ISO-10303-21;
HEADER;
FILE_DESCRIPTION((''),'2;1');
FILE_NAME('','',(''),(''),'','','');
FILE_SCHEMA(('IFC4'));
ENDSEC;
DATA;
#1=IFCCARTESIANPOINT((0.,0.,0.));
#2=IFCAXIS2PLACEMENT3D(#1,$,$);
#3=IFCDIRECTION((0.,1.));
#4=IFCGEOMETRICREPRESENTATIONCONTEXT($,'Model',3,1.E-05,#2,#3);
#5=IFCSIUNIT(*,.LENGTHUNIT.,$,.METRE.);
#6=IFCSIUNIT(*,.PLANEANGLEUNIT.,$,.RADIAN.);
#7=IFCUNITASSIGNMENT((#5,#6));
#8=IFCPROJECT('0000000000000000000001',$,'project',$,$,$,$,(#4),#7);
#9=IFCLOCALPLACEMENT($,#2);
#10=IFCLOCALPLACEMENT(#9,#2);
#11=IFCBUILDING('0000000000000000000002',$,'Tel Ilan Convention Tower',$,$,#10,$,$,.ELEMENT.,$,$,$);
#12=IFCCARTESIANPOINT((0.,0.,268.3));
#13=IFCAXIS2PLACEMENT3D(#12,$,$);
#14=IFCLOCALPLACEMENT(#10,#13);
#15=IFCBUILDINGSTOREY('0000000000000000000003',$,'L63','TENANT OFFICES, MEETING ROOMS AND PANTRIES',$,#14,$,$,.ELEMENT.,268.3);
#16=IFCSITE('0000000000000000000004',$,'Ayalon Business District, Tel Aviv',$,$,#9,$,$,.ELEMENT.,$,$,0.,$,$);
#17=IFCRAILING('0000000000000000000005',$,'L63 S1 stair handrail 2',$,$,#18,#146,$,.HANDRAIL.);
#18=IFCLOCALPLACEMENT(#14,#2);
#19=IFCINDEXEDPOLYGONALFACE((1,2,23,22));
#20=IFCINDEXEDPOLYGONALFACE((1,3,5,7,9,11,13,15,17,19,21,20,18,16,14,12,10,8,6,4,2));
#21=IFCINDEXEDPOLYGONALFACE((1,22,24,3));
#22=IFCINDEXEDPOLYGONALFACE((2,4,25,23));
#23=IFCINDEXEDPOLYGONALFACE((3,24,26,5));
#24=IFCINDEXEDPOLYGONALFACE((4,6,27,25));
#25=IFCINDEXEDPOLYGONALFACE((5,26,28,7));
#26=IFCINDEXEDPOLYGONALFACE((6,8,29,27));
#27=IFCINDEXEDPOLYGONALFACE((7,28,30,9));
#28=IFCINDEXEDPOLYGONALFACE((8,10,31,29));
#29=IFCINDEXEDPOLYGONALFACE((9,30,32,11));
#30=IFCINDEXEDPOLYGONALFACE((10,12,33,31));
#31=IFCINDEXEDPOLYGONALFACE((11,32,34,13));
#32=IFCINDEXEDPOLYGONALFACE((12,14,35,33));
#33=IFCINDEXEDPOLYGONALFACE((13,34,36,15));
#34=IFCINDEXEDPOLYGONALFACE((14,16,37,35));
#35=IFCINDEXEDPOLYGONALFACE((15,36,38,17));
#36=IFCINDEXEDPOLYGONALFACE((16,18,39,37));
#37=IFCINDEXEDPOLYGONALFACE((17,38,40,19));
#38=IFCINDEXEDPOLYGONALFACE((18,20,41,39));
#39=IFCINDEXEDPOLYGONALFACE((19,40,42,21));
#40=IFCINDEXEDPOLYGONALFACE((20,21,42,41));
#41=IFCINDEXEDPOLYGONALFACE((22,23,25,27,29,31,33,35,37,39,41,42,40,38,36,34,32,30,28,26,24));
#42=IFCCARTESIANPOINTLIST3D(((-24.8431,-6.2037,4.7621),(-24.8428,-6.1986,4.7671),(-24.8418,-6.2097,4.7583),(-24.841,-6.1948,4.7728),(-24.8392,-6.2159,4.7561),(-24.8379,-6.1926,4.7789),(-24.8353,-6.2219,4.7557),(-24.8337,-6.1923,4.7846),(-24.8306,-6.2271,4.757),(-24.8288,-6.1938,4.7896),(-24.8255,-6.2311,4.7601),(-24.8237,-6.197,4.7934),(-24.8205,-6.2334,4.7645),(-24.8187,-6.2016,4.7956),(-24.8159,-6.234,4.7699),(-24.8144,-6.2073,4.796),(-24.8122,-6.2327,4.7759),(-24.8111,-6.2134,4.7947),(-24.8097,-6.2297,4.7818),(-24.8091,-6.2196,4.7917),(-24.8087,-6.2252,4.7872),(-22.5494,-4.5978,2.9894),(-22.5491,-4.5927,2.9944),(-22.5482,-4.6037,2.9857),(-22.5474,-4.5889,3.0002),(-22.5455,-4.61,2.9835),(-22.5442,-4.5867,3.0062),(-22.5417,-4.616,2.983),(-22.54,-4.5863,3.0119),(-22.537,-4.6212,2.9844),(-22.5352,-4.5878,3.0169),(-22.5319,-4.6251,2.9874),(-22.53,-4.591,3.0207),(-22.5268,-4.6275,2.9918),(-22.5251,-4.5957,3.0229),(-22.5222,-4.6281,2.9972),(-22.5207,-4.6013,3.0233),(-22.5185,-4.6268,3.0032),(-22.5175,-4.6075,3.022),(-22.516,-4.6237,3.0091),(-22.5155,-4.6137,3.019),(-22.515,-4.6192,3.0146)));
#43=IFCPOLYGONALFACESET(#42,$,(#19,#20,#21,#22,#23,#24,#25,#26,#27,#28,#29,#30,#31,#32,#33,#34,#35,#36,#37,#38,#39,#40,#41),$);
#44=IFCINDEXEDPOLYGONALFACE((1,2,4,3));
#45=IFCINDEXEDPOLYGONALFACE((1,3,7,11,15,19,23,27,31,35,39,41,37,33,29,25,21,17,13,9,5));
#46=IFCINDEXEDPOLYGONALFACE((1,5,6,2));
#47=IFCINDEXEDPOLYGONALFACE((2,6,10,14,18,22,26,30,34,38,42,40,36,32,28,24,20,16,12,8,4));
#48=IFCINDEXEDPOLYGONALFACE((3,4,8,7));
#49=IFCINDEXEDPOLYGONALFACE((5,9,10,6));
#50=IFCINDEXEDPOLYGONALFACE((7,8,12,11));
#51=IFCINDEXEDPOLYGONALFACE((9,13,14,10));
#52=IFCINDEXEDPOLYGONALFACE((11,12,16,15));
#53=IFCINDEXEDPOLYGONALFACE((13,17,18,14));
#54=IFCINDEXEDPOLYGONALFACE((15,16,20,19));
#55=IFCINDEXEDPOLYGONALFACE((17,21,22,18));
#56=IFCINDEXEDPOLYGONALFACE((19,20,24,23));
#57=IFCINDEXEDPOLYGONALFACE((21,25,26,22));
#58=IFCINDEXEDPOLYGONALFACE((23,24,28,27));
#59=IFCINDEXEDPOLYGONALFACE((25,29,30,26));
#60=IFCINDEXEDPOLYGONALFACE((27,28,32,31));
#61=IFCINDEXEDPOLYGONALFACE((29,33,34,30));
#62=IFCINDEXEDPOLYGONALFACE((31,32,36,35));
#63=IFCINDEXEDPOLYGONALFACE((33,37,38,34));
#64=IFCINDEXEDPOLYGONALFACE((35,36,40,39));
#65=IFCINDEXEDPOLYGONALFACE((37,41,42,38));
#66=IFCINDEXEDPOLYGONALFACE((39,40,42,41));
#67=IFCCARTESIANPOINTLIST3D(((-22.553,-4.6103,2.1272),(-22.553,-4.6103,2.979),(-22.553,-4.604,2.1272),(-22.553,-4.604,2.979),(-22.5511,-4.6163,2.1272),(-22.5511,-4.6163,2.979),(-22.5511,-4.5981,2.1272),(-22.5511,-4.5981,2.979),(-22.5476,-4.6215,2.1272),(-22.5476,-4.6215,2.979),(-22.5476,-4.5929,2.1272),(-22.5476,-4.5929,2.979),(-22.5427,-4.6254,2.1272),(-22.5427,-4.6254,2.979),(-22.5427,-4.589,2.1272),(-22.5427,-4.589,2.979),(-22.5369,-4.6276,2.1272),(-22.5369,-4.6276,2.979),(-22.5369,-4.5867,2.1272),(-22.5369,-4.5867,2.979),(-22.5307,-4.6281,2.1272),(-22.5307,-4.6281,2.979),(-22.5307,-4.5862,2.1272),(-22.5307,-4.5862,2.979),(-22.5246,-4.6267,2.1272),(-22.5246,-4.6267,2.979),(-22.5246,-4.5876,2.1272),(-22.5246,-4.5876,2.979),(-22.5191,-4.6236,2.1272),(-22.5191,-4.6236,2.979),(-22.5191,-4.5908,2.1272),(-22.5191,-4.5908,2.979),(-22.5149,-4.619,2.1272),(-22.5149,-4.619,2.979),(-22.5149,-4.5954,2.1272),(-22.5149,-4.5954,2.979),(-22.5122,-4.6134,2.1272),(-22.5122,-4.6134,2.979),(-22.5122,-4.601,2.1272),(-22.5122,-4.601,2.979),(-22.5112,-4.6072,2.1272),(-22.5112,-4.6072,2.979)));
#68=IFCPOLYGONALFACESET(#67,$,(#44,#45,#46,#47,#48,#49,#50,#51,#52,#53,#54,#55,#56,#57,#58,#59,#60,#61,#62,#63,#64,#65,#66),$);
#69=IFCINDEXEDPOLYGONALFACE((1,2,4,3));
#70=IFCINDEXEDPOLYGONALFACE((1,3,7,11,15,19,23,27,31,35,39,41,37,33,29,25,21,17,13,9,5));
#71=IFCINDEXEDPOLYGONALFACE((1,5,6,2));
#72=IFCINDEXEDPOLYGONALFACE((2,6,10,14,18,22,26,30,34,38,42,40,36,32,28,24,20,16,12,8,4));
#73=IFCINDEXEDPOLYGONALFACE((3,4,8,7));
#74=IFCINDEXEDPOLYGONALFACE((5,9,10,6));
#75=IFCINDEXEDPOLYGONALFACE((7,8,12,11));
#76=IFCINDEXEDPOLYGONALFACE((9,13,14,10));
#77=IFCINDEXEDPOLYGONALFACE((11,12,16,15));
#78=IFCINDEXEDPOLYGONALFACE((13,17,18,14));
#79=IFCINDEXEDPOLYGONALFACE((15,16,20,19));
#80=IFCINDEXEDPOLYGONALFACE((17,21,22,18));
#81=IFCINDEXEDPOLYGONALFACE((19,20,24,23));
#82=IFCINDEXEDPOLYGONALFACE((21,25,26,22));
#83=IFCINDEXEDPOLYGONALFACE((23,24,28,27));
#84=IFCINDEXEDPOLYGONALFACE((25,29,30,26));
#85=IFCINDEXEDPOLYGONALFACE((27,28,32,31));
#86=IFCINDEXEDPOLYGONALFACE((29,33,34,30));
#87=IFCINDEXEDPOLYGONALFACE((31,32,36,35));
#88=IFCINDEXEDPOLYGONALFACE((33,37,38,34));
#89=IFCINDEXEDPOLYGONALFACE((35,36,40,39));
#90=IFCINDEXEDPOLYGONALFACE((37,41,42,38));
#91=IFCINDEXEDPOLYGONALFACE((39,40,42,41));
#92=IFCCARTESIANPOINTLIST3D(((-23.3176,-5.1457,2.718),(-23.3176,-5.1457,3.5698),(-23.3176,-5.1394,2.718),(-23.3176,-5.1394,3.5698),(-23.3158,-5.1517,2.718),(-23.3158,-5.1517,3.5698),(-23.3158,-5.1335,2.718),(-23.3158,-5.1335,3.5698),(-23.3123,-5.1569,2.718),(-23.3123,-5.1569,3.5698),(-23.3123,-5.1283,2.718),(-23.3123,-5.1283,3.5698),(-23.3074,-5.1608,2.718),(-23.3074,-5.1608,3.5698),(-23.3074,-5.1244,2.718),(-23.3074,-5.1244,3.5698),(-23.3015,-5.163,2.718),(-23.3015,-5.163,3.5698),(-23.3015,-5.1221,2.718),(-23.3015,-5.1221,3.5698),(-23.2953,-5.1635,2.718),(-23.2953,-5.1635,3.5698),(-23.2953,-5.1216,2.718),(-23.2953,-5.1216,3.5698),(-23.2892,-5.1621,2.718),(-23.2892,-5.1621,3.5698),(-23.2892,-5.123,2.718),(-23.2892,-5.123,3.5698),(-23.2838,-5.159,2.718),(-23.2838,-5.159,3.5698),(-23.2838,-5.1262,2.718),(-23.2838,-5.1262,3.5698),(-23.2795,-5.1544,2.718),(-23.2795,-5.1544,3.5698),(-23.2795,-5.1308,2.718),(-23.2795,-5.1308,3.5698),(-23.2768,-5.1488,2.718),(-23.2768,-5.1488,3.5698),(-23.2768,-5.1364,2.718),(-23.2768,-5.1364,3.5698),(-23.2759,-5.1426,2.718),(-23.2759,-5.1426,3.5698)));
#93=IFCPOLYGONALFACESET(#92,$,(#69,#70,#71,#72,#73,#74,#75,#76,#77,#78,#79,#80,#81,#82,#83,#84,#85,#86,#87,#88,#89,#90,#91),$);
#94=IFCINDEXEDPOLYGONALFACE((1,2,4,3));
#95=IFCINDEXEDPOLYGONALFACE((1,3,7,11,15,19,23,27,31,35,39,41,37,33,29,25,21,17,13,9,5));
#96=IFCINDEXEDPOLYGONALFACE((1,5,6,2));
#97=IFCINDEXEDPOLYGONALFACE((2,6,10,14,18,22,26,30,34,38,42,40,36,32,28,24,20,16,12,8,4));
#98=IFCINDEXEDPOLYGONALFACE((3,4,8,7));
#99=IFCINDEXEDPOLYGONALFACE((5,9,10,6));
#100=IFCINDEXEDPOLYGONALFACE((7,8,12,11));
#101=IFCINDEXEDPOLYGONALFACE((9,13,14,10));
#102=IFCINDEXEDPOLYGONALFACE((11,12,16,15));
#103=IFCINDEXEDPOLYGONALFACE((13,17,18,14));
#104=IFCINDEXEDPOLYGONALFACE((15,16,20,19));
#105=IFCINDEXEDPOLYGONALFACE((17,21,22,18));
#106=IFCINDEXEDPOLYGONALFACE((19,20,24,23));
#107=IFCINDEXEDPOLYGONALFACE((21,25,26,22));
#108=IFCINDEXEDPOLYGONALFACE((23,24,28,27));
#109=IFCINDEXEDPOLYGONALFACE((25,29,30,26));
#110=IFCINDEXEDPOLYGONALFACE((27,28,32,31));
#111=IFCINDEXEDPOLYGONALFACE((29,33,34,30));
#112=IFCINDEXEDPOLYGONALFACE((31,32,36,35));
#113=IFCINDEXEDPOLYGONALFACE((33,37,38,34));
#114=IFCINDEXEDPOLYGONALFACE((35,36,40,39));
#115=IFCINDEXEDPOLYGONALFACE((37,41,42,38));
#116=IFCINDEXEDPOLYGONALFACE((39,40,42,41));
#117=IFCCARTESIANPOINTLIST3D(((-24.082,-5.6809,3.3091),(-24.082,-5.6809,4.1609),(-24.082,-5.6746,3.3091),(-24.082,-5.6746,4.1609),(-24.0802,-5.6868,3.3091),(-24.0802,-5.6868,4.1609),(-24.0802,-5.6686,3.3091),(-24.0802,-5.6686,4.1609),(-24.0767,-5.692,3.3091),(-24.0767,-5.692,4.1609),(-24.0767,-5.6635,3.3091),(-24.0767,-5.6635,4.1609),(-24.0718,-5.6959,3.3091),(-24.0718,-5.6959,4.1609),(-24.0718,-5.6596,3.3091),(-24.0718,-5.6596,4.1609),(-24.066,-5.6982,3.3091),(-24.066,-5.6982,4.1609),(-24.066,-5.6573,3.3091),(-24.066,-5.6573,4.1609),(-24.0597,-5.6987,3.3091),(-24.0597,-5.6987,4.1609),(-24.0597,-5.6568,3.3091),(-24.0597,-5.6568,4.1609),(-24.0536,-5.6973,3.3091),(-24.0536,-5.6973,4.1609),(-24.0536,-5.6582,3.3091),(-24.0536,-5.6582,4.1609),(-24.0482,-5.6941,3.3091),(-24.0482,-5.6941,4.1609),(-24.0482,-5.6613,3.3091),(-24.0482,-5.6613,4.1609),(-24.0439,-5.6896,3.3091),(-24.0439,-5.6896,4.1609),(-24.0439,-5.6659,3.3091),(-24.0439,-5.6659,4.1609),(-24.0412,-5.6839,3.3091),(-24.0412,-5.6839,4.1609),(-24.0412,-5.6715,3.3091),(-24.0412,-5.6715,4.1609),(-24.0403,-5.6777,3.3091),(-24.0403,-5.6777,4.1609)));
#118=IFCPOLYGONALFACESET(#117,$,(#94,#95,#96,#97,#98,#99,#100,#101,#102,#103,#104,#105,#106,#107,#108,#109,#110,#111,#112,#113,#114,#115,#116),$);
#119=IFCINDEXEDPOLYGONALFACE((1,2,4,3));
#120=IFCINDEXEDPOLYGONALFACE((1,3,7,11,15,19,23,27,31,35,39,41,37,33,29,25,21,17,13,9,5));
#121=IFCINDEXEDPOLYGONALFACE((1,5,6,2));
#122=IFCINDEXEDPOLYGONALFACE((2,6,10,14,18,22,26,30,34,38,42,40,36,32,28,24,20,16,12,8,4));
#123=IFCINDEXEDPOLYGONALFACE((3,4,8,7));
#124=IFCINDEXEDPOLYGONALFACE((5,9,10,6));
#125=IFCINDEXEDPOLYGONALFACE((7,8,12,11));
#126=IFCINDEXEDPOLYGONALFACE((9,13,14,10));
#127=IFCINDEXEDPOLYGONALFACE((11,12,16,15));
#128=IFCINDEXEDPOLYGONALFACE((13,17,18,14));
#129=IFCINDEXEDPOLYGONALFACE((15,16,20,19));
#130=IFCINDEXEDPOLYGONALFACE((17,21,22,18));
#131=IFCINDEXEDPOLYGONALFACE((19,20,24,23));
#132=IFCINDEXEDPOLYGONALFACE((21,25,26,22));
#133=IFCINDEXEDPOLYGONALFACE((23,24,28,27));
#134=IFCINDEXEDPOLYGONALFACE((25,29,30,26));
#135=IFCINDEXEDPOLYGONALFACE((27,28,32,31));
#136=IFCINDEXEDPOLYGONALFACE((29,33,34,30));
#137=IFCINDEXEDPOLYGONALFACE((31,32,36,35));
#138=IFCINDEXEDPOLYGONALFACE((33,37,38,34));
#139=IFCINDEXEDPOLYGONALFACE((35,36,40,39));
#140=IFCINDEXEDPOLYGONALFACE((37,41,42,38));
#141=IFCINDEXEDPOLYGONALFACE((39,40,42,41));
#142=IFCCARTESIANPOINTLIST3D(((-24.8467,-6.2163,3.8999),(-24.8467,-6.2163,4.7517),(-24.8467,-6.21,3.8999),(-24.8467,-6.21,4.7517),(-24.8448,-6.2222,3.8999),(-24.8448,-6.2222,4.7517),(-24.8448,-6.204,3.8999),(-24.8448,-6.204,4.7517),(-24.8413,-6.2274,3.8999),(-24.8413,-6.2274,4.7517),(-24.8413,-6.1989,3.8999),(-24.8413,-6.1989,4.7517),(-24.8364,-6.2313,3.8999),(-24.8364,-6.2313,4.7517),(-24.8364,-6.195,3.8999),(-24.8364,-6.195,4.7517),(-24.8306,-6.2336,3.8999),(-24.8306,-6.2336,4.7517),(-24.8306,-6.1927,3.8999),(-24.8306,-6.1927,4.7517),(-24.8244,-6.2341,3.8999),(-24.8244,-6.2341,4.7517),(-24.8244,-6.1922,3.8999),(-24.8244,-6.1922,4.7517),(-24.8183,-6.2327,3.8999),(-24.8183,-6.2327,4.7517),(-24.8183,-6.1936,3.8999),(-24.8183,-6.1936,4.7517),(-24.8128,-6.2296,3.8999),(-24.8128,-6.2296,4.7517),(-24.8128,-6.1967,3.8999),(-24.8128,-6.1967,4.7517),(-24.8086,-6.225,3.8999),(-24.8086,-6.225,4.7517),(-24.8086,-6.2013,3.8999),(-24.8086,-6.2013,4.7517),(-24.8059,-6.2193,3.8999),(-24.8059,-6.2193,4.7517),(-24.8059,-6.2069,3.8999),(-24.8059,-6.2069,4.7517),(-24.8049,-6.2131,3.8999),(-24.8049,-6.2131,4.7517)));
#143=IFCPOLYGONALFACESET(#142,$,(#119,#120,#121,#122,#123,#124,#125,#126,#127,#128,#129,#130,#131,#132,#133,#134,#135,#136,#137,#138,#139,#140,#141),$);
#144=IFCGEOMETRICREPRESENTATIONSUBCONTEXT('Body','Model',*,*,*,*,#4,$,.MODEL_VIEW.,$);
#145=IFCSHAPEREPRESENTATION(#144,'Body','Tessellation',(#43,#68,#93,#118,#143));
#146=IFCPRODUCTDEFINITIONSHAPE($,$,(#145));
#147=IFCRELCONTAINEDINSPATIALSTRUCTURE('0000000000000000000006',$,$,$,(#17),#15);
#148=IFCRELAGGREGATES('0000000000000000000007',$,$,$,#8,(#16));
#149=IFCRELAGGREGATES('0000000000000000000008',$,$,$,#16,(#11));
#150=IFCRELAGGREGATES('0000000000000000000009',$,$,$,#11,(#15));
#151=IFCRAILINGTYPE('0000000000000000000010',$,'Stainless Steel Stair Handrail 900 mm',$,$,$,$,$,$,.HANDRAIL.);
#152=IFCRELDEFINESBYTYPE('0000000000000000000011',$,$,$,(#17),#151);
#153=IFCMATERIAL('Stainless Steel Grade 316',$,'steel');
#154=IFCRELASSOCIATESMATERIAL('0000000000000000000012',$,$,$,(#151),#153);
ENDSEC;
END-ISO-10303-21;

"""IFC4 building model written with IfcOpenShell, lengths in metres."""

from ifc_helpers import new_model, si_unit, direction, frame, origin, origin_2d, place, context, subcontext, project, spatial, circle, extrude, material, type_object, element, save


model = new_model("IFC4")

# Units and contexts
model_context = context("Model", 3, precision=1e-05, world=origin(), true_north=direction((0.0, 1.0)))
body_context = subcontext(model_context, "Body", "Model", "MODEL_VIEW")
ifc_project = project(units=[si_unit("LENGTHUNIT", "METRE"), si_unit("PLANEANGLEUNIT", "RADIAN")], contexts=[model_context])

# Site, building, storey
site_placement = place(None, origin())
site = spatial("IfcSite", under=ifc_project, at=site_placement, Name="Ayalon Business District, Tel Aviv", CompositionType="ELEMENT", RefElevation=0.0)
building_placement = place(site_placement, origin())
building = spatial("IfcBuilding", under=site, at=building_placement, Name="Tel Ilan Convention Tower", CompositionType="ELEMENT")
storey_placement = place(building_placement, frame((0.0, 0.0, 268.3)))
storey = spatial("IfcBuildingStorey", under=building, at=storey_placement, Name="L63", Description="TENANT OFFICES, MEETING ROOMS AND PANTRIES", CompositionType="ELEMENT", Elevation=268.3)

# Railing
ifc_material_1 = material(Name="Stainless Steel Grade 316", Category="steel")
railing_type_1 = type_object("IfcRailingType", Name="Stainless Steel Stair Handrail 900 mm", PredefinedType="HANDRAIL", material=ifc_material_1)
for number, where, name in (
    (1, (-22.5322, -4.6072, 2.1272), "L63 S1 stair handrail 2"),
):
    element("IfcRailing", number, at=place(storey_placement, frame(where)), inside=storey, type_object=railing_type_1, Name=name, PredefinedType="HANDRAIL", context=body_context, shape_type="SweptSolid", body=[
        extrude(circle(Radius=0.0239, at=origin_2d()), frame((0.0, 0.0, 0.876), z_axis=(-0.692123, -0.484597, 0.534913), x_axis=(0.57355, -0.81917, 0.0)), (0.0, 0.0, 1.0), 3.314),
        extrude(circle(Radius=0.021, at=origin_2d()), origin(), (0.0, 0.0, 1.0), 0.8518),
        extrude(circle(Radius=0.021, at=origin_2d()), frame((-0.7646, -0.5354, 0.5908)), (0.0, 0.0, 1.0), 0.8518),
        extrude(circle(Radius=0.021, at=origin_2d()), frame((-1.5291, -1.0706, 1.1819)), (0.0, 0.0, 1.0), 0.8518),
        extrude(circle(Radius=0.021, at=origin_2d()), frame((-2.2937, -1.606, 1.7727)), (0.0, 0.0, 1.0), 0.8518),
    ])

save(model, "model.ifc")
